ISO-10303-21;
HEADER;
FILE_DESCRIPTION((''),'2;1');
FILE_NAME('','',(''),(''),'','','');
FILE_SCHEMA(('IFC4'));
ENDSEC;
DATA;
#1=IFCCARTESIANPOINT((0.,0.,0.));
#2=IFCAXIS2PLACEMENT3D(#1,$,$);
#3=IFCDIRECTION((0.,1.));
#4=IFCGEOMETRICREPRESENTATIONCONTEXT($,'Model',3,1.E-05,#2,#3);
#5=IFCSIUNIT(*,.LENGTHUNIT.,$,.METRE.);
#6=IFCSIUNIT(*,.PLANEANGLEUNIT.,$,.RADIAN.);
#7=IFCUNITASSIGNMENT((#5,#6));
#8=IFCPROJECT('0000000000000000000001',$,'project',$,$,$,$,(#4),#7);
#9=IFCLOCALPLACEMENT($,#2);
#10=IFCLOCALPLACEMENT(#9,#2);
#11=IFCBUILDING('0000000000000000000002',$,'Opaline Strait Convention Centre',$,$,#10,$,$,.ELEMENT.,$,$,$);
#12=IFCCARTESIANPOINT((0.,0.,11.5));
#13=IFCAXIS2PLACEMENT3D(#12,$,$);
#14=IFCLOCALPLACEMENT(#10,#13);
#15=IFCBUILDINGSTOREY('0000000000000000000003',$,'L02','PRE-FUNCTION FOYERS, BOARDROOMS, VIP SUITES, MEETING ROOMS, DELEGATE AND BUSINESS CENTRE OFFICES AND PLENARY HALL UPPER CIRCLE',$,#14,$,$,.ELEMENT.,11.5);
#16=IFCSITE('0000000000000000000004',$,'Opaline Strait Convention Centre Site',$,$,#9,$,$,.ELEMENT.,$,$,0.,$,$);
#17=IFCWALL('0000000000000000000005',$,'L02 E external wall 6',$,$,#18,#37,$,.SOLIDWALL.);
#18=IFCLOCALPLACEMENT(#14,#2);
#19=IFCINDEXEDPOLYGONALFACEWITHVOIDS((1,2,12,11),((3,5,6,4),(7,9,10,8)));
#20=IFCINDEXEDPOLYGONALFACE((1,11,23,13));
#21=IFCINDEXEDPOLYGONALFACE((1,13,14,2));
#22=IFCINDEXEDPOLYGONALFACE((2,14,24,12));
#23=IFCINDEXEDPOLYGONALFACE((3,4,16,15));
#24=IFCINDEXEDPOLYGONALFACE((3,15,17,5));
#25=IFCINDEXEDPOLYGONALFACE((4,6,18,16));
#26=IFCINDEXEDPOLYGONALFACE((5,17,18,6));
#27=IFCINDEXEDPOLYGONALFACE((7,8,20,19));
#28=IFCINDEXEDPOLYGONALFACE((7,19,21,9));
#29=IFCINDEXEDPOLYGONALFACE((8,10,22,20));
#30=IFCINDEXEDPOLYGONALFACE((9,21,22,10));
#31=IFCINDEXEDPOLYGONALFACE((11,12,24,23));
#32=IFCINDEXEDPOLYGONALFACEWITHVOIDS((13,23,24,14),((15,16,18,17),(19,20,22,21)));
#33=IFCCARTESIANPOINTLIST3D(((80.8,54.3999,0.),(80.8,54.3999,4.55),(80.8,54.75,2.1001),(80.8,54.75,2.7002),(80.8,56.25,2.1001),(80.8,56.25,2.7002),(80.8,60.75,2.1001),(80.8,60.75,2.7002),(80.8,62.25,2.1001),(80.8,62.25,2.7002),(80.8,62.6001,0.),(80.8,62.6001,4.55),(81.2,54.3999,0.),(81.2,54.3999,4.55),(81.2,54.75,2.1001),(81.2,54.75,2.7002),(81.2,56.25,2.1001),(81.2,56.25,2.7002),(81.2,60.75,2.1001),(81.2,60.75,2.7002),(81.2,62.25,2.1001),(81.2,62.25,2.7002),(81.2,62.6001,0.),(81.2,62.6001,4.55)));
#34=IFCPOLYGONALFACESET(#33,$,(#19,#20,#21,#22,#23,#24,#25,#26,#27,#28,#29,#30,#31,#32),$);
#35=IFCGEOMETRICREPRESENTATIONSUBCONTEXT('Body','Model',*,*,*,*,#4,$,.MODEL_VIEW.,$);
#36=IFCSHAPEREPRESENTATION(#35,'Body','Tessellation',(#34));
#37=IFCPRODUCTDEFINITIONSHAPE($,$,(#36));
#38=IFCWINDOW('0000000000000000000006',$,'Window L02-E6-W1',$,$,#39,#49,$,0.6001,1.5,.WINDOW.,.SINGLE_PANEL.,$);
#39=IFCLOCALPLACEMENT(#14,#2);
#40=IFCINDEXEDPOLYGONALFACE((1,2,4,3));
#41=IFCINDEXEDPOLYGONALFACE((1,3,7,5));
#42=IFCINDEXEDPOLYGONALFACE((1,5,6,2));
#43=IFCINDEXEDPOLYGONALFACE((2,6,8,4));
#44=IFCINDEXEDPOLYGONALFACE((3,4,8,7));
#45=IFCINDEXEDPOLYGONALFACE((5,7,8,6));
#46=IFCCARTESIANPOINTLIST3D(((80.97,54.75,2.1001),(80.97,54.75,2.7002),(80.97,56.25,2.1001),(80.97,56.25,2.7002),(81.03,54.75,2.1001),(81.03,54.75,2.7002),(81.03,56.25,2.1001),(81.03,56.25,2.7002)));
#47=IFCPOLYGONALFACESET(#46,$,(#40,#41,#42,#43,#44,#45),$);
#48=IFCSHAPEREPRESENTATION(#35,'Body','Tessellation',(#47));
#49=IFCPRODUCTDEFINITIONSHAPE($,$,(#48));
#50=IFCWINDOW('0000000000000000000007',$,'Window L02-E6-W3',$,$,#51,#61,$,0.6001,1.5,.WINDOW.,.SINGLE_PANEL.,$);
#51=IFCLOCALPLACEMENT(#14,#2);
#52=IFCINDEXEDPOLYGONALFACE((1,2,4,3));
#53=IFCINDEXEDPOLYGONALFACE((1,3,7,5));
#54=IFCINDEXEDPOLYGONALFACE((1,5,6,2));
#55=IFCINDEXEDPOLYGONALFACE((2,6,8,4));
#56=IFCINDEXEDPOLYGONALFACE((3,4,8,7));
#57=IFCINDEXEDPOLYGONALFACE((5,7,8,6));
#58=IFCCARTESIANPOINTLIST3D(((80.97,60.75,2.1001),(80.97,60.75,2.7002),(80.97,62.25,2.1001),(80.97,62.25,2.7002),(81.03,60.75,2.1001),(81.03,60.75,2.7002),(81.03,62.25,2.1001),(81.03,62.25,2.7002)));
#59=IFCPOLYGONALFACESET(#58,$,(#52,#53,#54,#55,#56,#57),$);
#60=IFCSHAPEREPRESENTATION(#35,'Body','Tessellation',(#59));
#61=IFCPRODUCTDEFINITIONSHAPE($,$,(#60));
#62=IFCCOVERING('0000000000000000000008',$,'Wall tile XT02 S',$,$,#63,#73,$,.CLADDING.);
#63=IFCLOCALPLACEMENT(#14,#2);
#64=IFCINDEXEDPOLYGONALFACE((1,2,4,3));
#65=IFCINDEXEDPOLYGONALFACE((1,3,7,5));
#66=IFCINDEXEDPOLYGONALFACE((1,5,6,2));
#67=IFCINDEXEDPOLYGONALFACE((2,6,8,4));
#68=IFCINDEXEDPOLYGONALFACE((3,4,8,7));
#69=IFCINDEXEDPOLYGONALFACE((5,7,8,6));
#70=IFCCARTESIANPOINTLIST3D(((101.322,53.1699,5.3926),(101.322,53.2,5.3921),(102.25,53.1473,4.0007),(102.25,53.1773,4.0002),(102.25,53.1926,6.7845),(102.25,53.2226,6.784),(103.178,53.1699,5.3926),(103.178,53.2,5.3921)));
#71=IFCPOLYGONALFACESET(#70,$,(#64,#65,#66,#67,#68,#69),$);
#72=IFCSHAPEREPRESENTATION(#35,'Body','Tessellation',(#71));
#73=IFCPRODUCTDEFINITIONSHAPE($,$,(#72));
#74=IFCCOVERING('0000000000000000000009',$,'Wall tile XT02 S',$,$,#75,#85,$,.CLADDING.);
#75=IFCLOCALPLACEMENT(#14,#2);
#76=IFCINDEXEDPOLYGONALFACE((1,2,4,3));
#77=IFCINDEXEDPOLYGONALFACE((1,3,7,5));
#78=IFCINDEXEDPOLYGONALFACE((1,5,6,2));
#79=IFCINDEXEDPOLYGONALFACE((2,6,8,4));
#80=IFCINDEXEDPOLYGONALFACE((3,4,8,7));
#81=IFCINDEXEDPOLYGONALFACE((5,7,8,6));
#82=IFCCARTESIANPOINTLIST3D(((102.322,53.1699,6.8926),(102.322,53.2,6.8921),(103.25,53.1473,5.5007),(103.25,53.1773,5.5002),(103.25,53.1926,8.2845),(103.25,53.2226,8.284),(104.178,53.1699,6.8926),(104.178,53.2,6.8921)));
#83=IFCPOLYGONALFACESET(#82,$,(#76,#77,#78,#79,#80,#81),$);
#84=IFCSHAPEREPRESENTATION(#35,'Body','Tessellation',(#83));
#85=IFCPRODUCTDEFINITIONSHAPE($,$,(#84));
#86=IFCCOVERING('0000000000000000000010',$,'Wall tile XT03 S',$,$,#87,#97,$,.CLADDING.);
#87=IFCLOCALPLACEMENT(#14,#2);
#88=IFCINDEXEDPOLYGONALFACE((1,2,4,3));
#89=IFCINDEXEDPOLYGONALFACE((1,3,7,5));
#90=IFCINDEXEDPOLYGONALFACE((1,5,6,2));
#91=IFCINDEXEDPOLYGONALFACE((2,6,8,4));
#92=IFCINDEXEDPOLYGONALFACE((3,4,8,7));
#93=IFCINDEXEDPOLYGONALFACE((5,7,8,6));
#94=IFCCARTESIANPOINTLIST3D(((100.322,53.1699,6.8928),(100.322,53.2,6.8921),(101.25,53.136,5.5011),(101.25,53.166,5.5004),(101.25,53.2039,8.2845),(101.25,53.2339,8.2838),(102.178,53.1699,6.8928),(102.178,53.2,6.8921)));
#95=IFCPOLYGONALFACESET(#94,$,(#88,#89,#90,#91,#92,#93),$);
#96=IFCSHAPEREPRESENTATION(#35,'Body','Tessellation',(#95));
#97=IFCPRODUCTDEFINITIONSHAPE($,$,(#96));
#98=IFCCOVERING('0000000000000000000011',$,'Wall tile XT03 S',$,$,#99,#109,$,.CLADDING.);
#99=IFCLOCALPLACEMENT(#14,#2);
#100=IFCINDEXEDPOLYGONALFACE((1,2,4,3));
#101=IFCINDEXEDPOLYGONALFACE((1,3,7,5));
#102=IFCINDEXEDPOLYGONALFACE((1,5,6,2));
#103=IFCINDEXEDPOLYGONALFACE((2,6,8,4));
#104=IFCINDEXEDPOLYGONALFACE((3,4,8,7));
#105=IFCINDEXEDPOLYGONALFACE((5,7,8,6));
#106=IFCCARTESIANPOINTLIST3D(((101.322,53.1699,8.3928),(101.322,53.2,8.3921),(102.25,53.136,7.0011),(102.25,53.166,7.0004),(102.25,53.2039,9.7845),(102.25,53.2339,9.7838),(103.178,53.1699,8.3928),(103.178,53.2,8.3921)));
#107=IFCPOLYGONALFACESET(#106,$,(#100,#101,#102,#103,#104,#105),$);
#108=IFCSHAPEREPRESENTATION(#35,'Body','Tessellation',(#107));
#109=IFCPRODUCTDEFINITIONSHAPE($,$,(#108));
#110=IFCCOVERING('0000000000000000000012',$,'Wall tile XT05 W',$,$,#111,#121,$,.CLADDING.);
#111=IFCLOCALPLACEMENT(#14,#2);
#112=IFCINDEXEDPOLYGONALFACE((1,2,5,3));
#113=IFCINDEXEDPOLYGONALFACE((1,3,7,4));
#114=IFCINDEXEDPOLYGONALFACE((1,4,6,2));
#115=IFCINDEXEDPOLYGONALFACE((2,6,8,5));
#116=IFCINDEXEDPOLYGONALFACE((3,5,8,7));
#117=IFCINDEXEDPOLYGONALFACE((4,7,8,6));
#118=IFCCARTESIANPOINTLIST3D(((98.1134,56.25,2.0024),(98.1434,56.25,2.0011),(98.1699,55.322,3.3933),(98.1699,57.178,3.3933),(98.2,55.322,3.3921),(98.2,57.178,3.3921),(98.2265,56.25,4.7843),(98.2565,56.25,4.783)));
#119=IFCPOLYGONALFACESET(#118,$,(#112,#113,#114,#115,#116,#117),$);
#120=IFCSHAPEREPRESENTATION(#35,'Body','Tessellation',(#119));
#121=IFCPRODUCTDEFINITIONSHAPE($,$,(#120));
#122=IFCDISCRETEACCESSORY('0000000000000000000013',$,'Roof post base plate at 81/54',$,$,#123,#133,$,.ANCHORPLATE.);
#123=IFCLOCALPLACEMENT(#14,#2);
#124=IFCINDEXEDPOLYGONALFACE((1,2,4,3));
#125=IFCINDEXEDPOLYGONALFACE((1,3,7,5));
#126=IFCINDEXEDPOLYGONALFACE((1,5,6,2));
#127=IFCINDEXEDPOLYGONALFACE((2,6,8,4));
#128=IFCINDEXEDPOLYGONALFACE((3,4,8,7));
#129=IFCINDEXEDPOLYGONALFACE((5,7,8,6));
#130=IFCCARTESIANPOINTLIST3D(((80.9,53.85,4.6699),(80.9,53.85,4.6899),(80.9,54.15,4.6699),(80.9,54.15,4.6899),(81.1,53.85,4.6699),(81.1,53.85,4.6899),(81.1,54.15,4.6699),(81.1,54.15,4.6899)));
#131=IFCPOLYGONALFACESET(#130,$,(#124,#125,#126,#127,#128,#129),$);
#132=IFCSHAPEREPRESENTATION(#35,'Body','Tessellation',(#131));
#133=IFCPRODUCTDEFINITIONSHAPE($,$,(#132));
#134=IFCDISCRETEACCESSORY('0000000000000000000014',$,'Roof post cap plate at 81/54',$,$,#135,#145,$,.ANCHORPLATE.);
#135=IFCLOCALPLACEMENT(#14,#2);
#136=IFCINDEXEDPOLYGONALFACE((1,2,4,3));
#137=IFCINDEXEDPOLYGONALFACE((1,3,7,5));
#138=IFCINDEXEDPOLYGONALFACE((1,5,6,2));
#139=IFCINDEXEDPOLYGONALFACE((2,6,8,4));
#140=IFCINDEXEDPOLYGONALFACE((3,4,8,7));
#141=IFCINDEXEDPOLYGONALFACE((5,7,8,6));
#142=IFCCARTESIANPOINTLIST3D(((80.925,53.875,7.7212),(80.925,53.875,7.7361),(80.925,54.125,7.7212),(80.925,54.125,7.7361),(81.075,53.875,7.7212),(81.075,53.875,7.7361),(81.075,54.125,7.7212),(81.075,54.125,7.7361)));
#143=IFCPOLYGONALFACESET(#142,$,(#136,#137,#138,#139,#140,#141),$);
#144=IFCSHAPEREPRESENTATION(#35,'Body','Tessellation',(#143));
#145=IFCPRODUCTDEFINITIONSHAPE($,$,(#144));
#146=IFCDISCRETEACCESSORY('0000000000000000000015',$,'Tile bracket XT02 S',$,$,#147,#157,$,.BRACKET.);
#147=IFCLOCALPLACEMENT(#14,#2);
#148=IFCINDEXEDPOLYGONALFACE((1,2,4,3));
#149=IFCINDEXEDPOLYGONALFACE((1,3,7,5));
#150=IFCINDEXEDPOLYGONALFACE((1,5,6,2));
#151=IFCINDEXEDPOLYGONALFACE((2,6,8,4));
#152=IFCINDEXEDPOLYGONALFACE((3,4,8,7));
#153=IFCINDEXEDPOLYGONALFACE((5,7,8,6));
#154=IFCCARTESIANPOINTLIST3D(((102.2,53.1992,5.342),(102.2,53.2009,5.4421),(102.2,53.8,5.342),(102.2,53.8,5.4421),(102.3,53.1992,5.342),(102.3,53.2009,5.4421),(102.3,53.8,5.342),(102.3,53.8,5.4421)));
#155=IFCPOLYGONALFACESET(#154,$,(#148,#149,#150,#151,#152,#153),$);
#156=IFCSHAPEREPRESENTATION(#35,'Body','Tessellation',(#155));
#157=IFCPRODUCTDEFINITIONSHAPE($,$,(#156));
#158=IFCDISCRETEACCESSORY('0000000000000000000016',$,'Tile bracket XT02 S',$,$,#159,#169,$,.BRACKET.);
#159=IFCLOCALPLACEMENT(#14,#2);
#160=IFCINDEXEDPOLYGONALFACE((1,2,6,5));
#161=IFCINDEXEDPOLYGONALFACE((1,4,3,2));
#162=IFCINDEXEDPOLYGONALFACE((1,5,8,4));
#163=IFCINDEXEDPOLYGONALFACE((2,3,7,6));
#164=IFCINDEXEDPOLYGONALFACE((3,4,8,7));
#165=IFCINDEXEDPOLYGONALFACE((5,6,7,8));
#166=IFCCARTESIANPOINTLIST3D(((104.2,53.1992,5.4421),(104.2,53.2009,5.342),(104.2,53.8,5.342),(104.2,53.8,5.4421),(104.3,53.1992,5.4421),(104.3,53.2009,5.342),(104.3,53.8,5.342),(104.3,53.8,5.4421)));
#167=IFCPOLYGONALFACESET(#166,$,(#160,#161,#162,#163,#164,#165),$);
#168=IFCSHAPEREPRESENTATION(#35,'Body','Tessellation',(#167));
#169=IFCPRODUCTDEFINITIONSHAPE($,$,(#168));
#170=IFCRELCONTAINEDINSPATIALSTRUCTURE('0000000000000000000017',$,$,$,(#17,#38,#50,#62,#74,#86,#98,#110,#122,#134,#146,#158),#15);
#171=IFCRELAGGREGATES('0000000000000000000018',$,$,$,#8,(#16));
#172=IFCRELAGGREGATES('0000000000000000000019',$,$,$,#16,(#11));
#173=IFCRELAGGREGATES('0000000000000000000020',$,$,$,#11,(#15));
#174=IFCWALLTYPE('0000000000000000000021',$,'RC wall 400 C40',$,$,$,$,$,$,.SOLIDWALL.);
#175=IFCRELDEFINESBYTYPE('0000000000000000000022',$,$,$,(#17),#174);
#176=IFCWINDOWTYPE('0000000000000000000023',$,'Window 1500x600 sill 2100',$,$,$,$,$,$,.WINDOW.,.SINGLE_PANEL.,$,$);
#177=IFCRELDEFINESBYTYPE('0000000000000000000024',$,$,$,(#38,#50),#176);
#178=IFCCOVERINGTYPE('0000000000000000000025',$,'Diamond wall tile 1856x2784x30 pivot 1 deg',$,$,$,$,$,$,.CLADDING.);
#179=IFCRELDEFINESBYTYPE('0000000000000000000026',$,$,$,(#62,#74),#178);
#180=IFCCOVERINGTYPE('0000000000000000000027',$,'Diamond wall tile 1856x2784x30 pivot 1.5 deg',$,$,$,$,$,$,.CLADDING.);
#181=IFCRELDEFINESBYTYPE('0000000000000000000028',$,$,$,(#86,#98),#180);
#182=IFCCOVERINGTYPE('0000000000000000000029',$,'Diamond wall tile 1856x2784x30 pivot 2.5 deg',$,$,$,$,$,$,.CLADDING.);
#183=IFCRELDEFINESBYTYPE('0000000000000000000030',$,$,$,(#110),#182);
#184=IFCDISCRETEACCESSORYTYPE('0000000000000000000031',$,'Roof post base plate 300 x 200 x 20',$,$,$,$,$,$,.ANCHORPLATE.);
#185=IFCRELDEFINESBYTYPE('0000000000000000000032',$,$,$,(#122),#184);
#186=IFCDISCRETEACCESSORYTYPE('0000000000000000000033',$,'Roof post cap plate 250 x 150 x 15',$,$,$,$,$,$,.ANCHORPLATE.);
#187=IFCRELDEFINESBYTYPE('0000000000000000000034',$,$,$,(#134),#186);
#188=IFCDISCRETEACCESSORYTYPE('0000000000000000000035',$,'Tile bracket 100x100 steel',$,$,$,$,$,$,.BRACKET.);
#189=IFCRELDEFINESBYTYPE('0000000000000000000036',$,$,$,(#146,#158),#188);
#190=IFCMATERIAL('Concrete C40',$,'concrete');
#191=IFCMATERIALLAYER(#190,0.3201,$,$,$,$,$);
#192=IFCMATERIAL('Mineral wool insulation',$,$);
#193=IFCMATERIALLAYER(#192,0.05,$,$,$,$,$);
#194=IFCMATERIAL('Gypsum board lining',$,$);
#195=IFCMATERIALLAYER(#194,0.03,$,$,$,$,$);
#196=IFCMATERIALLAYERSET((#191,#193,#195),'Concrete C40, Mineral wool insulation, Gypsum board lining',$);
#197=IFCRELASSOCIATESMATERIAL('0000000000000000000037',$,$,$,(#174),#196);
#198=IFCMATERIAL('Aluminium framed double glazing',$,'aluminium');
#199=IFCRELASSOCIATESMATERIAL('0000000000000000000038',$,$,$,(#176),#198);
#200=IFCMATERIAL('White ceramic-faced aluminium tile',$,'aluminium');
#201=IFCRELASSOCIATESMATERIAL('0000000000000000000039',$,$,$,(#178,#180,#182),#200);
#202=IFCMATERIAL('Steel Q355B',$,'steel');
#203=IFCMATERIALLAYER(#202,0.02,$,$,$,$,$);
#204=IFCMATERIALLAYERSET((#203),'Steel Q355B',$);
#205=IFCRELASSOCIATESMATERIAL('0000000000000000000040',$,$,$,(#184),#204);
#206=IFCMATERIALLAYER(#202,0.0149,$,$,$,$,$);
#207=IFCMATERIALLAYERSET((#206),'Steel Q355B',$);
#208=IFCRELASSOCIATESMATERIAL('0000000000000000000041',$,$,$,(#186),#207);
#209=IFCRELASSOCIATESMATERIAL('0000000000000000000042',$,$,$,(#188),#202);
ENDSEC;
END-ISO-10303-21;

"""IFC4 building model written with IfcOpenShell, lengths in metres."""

from ifc_helpers import new_model, si_unit, direction, frame, frame_2d, origin, origin_2d, place, context, subcontext, project, spatial, polyline, rectangle, outline, extrude, material, layer, layer_set, material_profile, profile_set, type_object, element, fill, save


model = new_model("IFC4")

# Units and contexts
model_context = context("Model", 3, precision=1e-05, world=origin(), true_north=direction((0.0, 1.0)))
body_context = subcontext(model_context, "Body", "Model", "MODEL_VIEW")
ifc_project = project(units=[si_unit("LENGTHUNIT", "METRE"), si_unit("PLANEANGLEUNIT", "RADIAN")], contexts=[model_context])

# Site, building, storey
site_placement = place(None, origin())
site = spatial("IfcSite", under=ifc_project, at=site_placement, Name="Opaline Strait Convention Centre Site", CompositionType="ELEMENT", RefElevation=0.0)
building_placement = place(site_placement, origin())
building = spatial("IfcBuilding", under=site, at=building_placement, Name="Opaline Strait Convention Centre", CompositionType="ELEMENT")
storey_placement = place(building_placement, frame((0.0, 0.0, 11.5)))
storey = spatial("IfcBuildingStorey", under=building, at=storey_placement, Name="L02", Description="PRE-FUNCTION FOYERS, BOARDROOMS, VIP SUITES, MEETING ROOMS, DELEGATE AND BUSINESS CENTRE OFFICES AND PLENARY HALL UPPER CIRCLE", CompositionType="ELEMENT", Elevation=11.5)

# Shared definitions
ifc_material_1 = material(Name="Steel Q355B", Category="steel")
ifc_material_2 = material(Name="Concrete C40", Category="concrete")

# Shared definitions
ifc_material_3 = material(Name="Mineral wool insulation")
ifc_material_4 = material(Name="Gypsum board lining")

# Shared definitions
ifc_layer_1 = layer(ifc_material_2, 0.3201)
ifc_layer_2 = layer(ifc_material_3, 0.05)
ifc_layer_3 = layer(ifc_material_4, 0.03)
ifc_layer_set_1 = layer_set([ifc_layer_1, ifc_layer_2, ifc_layer_3], Name="Concrete C40, Mineral wool insulation, Gypsum board lining")
wall_type_1 = type_object("IfcWallType", Name="RC wall 400 C40", PredefinedType="SOLIDWALL", material=ifc_layer_set_1)

# Wall, openings, windows
wall_1_placement = place(storey_placement, frame((81.0, 54.3999, 0.0), z_axis=(0.0, 0.0, 1.0), x_axis=(0.0, 1.0, 0.0)))
wall_1 = element("IfcWall", 1, at=wall_1_placement, inside=storey, type_object=wall_type_1, Name="L02 E external wall 6", PredefinedType="SOLIDWALL", context=body_context, shape_type="SweptSolid", body=[
    extrude(rectangle(XDim=8.2002, YDim=0.3999, at=frame_2d((4.1001, 0.0))), origin(), (0.0, 0.0, 1.0), 4.55),
])
opening_1_placement = place(wall_1_placement, frame((0.3501, 0.0, 2.1001)))
opening_1 = element("IfcOpeningElement", 2, at=opening_1_placement, cuts=wall_1, PredefinedType="OPENING", context=body_context, shape_type="SweptSolid", body=[
    extrude(rectangle(XDim=1.5, YDim=0.6001, at=frame_2d((0.75, 0.3))), frame((0.0, 0.21, 0.0), z_axis=(0.0, -1.0, 0.0), x_axis=(1.0, 0.0, 0.0)), (0.0, 0.0, 1.0), 0.4199),
])
opening_2_placement = place(wall_1_placement, frame((6.3501, 0.0, 2.1001)))
opening_2 = element("IfcOpeningElement", 3, at=opening_2_placement, cuts=wall_1, PredefinedType="OPENING", context=body_context, shape_type="SweptSolid", body=[
    extrude(rectangle(XDim=1.5, YDim=0.6001, at=frame_2d((0.75, 0.3))), frame((0.0, 0.21, 0.0), z_axis=(0.0, -1.0, 0.0), x_axis=(1.0, 0.0, 0.0)), (0.0, 0.0, 1.0), 0.4199),
])
ifc_material_5 = material(Name="Aluminium framed double glazing", Category="aluminium")
window_type_1 = type_object("IfcWindowType", Name="Window 1500x600 sill 2100", PartitioningType="SINGLE_PANEL", PredefinedType="WINDOW", material=ifc_material_5)
window_1_placement = place(opening_1_placement, origin())
window_1 = element("IfcWindow", 4, at=window_1_placement, inside=storey, type_object=window_type_1, Name="Window L02-E6-W1", OverallHeight=0.6001, OverallWidth=1.5, PartitioningType="SINGLE_PANEL", PredefinedType="WINDOW", context=body_context, shape_type="SweptSolid", body=[
    extrude(rectangle(XDim=1.5, YDim=0.6001, at=frame_2d((0.75, 0.3))), frame((0.0, 0.03, 0.0), z_axis=(0.0, -1.0, 0.0), x_axis=(1.0, 0.0, 0.0)), (0.0, 0.0, 1.0), 0.0601),
])
fill(opening_1, window_1)
window_2_placement = place(opening_2_placement, origin())
window_2 = element("IfcWindow", 5, at=window_2_placement, inside=storey, type_object=window_type_1, Name="Window L02-E6-W3", OverallHeight=0.6001, OverallWidth=1.5, PartitioningType="SINGLE_PANEL", PredefinedType="WINDOW", context=body_context, shape_type="SweptSolid", body=[
    extrude(rectangle(XDim=1.5, YDim=0.6001, at=frame_2d((0.75, 0.3))), frame((0.0, 0.03, 0.0), z_axis=(0.0, -1.0, 0.0), x_axis=(1.0, 0.0, 0.0)), (0.0, 0.0, 1.0), 0.0601),
])
fill(opening_2, window_2)

# Coverings
ifc_material_6 = material(Name="White ceramic-faced aluminium tile", Category="aluminium")
ifc_material_profile_1 = material_profile(ifc_material_6, outline(polyline([(0.928, 0.0), (0.0, 1.3921), (-0.928, 0.0), (0.0, -1.3921), (0.928, 0.0)])), Name="Diamond tile 1856x2784")
ifc_profile_set_1 = profile_set([ifc_material_profile_1], Name="White ceramic-faced aluminium tile")
covering_type_1 = type_object("IfcCoveringType", Name="Diamond wall tile 1856x2784x30 pivot 1 deg", PredefinedType="CLADDING", material=ifc_profile_set_1)
for number, where, z_axis, x_axis, name in (
    (6, (102.25, 53.2, 5.3921), (0.0, -0.999868, 0.016258), (1.0, 0.0, 0.0), "Wall tile XT02 S"),
    (7, (103.25, 53.2, 6.8921), (0.0, -0.999868, 0.016258), (1.0, 0.0, 0.0), "Wall tile XT02 S"),
):
    element("IfcCovering", number, at=place(storey_placement, frame(where, z_axis=z_axis, x_axis=x_axis)), inside=storey, type_object=covering_type_1, Name=name, PredefinedType="CLADDING", context=body_context, shape_type="SweptSolid", body=[
        extrude(outline(polyline([(0.928, 0.0), (0.0, 1.3921), (-0.928, 0.0), (0.0, -1.3921), (0.928, 0.0)])), origin(), (0.0, 0.0, 1.0), 0.03),
    ])
ifc_material_profile_2 = material_profile(ifc_material_6, outline(polyline([(0.928, 0.0), (0.0, 1.3921), (-0.928, 0.0), (0.0, -1.3921), (0.928, 0.0)])), Name="Diamond tile 1856x2784")
ifc_profile_set_2 = profile_set([ifc_material_profile_2], Name="White ceramic-faced aluminium tile")
covering_type_2 = type_object("IfcCoveringType", Name="Diamond wall tile 1856x2784x30 pivot 1.5 deg", PredefinedType="CLADDING", material=ifc_profile_set_2)
for number, where, z_axis, x_axis, name in (
    (8, (101.25, 53.2, 6.8921), (0.0, -0.999703, 0.024383), (1.0, 0.0, 0.0), "Wall tile XT03 S"),
    (9, (102.25, 53.2, 8.3921), (0.0, -0.999703, 0.024383), (1.0, 0.0, 0.0), "Wall tile XT03 S"),
):
    element("IfcCovering", number, at=place(storey_placement, frame(where, z_axis=z_axis, x_axis=x_axis)), inside=storey, type_object=covering_type_2, Name=name, PredefinedType="CLADDING", context=body_context, shape_type="SweptSolid", body=[
        extrude(outline(polyline([(0.928, 0.0), (0.0, 1.3921), (-0.928, 0.0), (0.0, -1.3921), (0.928, 0.0)])), origin(), (0.0, 0.0, 1.0), 0.03),
    ])
ifc_material_profile_3 = material_profile(ifc_material_6, outline(polyline([(0.928, 0.0), (0.0, 1.3921), (-0.928, 0.0), (0.0, -1.3921), (0.928, 0.0)])), Name="Diamond tile 1856x2784")
ifc_profile_set_3 = profile_set([ifc_material_profile_3], Name="White ceramic-faced aluminium tile")
covering_type_3 = type_object("IfcCoveringType", Name="Diamond wall tile 1856x2784x30 pivot 2.5 deg", PredefinedType="CLADDING", material=ifc_profile_set_3)
covering_placement = place(storey_placement, frame((98.2, 56.25, 3.3921), z_axis=(-0.999175, 0.0, 0.040617), x_axis=(0.0, -1.0, 0.0)))
element("IfcCovering", 10, at=covering_placement, inside=storey, type_object=covering_type_3, Name="Wall tile XT05 W", PredefinedType="CLADDING", context=body_context, shape_type="SweptSolid", body=[
    extrude(outline(polyline([(0.928, 0.0), (0.0, 1.3921), (-0.928, 0.0), (0.0, -1.3921), (0.928, 0.0)])), origin(), (0.0, 0.0, 1.0), 0.03),
])

# Discrete accessories
ifc_layer_4 = layer(ifc_material_1, 0.02)
ifc_layer_set_2 = layer_set([ifc_layer_4], Name="Steel Q355B")
discrete_accessory_type_1 = type_object("IfcDiscreteAccessoryType", Name="Roof post base plate 300 x 200 x 20", PredefinedType="ANCHORPLATE", material=ifc_layer_set_2)
discrete_accessory_1_placement = place(storey_placement, frame((81.0, 54.0, 4.6699), z_axis=(0.0, 0.0, 1.0), x_axis=(1.0, 0.0, 0.0)))
element("IfcDiscreteAccessory", 11, at=discrete_accessory_1_placement, inside=storey, type_object=discrete_accessory_type_1, Name="Roof post base plate at 81/54", PredefinedType="ANCHORPLATE", context=body_context, shape_type="SweptSolid", body=[
    extrude(rectangle(XDim=0.2, YDim=0.3, at=origin_2d()), origin(), (0.0, 0.0, 1.0), 0.02),
])
ifc_layer_5 = layer(ifc_material_1, 0.0149)
ifc_layer_set_3 = layer_set([ifc_layer_5], Name="Steel Q355B")
discrete_accessory_type_2 = type_object("IfcDiscreteAccessoryType", Name="Roof post cap plate 250 x 150 x 15", PredefinedType="ANCHORPLATE", material=ifc_layer_set_3)
discrete_accessory_2_placement = place(storey_placement, frame((81.0, 54.0, 7.7212), z_axis=(0.0, 0.0, 1.0), x_axis=(1.0, 0.0, 0.0)))
element("IfcDiscreteAccessory", 12, at=discrete_accessory_2_placement, inside=storey, type_object=discrete_accessory_type_2, Name="Roof post cap plate at 81/54", PredefinedType="ANCHORPLATE", context=body_context, shape_type="SweptSolid", body=[
    extrude(rectangle(XDim=0.1499, YDim=0.25, at=origin_2d()), origin(), (0.0, 0.0, 1.0), 0.0149),
])
discrete_accessory_type_3 = type_object("IfcDiscreteAccessoryType", Name="Tile bracket 100x100 steel", PredefinedType="BRACKET", material=ifc_material_1)
discrete_accessory_3_placement = place(storey_placement, frame((102.2, 53.8, 5.3921), z_axis=(1.0, 0.0, 0.0), x_axis=(0.0, 1.0, 0.0)))
element("IfcDiscreteAccessory", 13, at=discrete_accessory_3_placement, inside=storey, type_object=discrete_accessory_type_3, Name="Tile bracket XT02 S", PredefinedType="BRACKET", context=body_context, shape_type="SweptSolid", body=[
    extrude(outline(polyline([(0.0, -0.05), (0.0, 0.05), (-0.5991, 0.05), (-0.6008, -0.05), (0.0, -0.05)])), origin(), (0.0, 0.0, 1.0), 0.1001),
])
discrete_accessory_4_placement = place(storey_placement, frame((104.2, 53.8, 5.3921), z_axis=(1.0, 0.0, 0.0), x_axis=(0.0, 1.0, 0.0)))
element("IfcDiscreteAccessory", 14, at=discrete_accessory_4_placement, inside=storey, type_object=discrete_accessory_type_3, Name="Tile bracket XT02 S", PredefinedType="BRACKET", context=body_context, shape_type="SweptSolid", body=[
    extrude(outline(polyline([(0.0, -0.05), (0.0, 0.05), (-0.6008, 0.05), (-0.5991, -0.05), (0.0, -0.05)])), origin(), (0.0, 0.0, 1.0), 0.1001),
])

save(model, "model.ifc")
